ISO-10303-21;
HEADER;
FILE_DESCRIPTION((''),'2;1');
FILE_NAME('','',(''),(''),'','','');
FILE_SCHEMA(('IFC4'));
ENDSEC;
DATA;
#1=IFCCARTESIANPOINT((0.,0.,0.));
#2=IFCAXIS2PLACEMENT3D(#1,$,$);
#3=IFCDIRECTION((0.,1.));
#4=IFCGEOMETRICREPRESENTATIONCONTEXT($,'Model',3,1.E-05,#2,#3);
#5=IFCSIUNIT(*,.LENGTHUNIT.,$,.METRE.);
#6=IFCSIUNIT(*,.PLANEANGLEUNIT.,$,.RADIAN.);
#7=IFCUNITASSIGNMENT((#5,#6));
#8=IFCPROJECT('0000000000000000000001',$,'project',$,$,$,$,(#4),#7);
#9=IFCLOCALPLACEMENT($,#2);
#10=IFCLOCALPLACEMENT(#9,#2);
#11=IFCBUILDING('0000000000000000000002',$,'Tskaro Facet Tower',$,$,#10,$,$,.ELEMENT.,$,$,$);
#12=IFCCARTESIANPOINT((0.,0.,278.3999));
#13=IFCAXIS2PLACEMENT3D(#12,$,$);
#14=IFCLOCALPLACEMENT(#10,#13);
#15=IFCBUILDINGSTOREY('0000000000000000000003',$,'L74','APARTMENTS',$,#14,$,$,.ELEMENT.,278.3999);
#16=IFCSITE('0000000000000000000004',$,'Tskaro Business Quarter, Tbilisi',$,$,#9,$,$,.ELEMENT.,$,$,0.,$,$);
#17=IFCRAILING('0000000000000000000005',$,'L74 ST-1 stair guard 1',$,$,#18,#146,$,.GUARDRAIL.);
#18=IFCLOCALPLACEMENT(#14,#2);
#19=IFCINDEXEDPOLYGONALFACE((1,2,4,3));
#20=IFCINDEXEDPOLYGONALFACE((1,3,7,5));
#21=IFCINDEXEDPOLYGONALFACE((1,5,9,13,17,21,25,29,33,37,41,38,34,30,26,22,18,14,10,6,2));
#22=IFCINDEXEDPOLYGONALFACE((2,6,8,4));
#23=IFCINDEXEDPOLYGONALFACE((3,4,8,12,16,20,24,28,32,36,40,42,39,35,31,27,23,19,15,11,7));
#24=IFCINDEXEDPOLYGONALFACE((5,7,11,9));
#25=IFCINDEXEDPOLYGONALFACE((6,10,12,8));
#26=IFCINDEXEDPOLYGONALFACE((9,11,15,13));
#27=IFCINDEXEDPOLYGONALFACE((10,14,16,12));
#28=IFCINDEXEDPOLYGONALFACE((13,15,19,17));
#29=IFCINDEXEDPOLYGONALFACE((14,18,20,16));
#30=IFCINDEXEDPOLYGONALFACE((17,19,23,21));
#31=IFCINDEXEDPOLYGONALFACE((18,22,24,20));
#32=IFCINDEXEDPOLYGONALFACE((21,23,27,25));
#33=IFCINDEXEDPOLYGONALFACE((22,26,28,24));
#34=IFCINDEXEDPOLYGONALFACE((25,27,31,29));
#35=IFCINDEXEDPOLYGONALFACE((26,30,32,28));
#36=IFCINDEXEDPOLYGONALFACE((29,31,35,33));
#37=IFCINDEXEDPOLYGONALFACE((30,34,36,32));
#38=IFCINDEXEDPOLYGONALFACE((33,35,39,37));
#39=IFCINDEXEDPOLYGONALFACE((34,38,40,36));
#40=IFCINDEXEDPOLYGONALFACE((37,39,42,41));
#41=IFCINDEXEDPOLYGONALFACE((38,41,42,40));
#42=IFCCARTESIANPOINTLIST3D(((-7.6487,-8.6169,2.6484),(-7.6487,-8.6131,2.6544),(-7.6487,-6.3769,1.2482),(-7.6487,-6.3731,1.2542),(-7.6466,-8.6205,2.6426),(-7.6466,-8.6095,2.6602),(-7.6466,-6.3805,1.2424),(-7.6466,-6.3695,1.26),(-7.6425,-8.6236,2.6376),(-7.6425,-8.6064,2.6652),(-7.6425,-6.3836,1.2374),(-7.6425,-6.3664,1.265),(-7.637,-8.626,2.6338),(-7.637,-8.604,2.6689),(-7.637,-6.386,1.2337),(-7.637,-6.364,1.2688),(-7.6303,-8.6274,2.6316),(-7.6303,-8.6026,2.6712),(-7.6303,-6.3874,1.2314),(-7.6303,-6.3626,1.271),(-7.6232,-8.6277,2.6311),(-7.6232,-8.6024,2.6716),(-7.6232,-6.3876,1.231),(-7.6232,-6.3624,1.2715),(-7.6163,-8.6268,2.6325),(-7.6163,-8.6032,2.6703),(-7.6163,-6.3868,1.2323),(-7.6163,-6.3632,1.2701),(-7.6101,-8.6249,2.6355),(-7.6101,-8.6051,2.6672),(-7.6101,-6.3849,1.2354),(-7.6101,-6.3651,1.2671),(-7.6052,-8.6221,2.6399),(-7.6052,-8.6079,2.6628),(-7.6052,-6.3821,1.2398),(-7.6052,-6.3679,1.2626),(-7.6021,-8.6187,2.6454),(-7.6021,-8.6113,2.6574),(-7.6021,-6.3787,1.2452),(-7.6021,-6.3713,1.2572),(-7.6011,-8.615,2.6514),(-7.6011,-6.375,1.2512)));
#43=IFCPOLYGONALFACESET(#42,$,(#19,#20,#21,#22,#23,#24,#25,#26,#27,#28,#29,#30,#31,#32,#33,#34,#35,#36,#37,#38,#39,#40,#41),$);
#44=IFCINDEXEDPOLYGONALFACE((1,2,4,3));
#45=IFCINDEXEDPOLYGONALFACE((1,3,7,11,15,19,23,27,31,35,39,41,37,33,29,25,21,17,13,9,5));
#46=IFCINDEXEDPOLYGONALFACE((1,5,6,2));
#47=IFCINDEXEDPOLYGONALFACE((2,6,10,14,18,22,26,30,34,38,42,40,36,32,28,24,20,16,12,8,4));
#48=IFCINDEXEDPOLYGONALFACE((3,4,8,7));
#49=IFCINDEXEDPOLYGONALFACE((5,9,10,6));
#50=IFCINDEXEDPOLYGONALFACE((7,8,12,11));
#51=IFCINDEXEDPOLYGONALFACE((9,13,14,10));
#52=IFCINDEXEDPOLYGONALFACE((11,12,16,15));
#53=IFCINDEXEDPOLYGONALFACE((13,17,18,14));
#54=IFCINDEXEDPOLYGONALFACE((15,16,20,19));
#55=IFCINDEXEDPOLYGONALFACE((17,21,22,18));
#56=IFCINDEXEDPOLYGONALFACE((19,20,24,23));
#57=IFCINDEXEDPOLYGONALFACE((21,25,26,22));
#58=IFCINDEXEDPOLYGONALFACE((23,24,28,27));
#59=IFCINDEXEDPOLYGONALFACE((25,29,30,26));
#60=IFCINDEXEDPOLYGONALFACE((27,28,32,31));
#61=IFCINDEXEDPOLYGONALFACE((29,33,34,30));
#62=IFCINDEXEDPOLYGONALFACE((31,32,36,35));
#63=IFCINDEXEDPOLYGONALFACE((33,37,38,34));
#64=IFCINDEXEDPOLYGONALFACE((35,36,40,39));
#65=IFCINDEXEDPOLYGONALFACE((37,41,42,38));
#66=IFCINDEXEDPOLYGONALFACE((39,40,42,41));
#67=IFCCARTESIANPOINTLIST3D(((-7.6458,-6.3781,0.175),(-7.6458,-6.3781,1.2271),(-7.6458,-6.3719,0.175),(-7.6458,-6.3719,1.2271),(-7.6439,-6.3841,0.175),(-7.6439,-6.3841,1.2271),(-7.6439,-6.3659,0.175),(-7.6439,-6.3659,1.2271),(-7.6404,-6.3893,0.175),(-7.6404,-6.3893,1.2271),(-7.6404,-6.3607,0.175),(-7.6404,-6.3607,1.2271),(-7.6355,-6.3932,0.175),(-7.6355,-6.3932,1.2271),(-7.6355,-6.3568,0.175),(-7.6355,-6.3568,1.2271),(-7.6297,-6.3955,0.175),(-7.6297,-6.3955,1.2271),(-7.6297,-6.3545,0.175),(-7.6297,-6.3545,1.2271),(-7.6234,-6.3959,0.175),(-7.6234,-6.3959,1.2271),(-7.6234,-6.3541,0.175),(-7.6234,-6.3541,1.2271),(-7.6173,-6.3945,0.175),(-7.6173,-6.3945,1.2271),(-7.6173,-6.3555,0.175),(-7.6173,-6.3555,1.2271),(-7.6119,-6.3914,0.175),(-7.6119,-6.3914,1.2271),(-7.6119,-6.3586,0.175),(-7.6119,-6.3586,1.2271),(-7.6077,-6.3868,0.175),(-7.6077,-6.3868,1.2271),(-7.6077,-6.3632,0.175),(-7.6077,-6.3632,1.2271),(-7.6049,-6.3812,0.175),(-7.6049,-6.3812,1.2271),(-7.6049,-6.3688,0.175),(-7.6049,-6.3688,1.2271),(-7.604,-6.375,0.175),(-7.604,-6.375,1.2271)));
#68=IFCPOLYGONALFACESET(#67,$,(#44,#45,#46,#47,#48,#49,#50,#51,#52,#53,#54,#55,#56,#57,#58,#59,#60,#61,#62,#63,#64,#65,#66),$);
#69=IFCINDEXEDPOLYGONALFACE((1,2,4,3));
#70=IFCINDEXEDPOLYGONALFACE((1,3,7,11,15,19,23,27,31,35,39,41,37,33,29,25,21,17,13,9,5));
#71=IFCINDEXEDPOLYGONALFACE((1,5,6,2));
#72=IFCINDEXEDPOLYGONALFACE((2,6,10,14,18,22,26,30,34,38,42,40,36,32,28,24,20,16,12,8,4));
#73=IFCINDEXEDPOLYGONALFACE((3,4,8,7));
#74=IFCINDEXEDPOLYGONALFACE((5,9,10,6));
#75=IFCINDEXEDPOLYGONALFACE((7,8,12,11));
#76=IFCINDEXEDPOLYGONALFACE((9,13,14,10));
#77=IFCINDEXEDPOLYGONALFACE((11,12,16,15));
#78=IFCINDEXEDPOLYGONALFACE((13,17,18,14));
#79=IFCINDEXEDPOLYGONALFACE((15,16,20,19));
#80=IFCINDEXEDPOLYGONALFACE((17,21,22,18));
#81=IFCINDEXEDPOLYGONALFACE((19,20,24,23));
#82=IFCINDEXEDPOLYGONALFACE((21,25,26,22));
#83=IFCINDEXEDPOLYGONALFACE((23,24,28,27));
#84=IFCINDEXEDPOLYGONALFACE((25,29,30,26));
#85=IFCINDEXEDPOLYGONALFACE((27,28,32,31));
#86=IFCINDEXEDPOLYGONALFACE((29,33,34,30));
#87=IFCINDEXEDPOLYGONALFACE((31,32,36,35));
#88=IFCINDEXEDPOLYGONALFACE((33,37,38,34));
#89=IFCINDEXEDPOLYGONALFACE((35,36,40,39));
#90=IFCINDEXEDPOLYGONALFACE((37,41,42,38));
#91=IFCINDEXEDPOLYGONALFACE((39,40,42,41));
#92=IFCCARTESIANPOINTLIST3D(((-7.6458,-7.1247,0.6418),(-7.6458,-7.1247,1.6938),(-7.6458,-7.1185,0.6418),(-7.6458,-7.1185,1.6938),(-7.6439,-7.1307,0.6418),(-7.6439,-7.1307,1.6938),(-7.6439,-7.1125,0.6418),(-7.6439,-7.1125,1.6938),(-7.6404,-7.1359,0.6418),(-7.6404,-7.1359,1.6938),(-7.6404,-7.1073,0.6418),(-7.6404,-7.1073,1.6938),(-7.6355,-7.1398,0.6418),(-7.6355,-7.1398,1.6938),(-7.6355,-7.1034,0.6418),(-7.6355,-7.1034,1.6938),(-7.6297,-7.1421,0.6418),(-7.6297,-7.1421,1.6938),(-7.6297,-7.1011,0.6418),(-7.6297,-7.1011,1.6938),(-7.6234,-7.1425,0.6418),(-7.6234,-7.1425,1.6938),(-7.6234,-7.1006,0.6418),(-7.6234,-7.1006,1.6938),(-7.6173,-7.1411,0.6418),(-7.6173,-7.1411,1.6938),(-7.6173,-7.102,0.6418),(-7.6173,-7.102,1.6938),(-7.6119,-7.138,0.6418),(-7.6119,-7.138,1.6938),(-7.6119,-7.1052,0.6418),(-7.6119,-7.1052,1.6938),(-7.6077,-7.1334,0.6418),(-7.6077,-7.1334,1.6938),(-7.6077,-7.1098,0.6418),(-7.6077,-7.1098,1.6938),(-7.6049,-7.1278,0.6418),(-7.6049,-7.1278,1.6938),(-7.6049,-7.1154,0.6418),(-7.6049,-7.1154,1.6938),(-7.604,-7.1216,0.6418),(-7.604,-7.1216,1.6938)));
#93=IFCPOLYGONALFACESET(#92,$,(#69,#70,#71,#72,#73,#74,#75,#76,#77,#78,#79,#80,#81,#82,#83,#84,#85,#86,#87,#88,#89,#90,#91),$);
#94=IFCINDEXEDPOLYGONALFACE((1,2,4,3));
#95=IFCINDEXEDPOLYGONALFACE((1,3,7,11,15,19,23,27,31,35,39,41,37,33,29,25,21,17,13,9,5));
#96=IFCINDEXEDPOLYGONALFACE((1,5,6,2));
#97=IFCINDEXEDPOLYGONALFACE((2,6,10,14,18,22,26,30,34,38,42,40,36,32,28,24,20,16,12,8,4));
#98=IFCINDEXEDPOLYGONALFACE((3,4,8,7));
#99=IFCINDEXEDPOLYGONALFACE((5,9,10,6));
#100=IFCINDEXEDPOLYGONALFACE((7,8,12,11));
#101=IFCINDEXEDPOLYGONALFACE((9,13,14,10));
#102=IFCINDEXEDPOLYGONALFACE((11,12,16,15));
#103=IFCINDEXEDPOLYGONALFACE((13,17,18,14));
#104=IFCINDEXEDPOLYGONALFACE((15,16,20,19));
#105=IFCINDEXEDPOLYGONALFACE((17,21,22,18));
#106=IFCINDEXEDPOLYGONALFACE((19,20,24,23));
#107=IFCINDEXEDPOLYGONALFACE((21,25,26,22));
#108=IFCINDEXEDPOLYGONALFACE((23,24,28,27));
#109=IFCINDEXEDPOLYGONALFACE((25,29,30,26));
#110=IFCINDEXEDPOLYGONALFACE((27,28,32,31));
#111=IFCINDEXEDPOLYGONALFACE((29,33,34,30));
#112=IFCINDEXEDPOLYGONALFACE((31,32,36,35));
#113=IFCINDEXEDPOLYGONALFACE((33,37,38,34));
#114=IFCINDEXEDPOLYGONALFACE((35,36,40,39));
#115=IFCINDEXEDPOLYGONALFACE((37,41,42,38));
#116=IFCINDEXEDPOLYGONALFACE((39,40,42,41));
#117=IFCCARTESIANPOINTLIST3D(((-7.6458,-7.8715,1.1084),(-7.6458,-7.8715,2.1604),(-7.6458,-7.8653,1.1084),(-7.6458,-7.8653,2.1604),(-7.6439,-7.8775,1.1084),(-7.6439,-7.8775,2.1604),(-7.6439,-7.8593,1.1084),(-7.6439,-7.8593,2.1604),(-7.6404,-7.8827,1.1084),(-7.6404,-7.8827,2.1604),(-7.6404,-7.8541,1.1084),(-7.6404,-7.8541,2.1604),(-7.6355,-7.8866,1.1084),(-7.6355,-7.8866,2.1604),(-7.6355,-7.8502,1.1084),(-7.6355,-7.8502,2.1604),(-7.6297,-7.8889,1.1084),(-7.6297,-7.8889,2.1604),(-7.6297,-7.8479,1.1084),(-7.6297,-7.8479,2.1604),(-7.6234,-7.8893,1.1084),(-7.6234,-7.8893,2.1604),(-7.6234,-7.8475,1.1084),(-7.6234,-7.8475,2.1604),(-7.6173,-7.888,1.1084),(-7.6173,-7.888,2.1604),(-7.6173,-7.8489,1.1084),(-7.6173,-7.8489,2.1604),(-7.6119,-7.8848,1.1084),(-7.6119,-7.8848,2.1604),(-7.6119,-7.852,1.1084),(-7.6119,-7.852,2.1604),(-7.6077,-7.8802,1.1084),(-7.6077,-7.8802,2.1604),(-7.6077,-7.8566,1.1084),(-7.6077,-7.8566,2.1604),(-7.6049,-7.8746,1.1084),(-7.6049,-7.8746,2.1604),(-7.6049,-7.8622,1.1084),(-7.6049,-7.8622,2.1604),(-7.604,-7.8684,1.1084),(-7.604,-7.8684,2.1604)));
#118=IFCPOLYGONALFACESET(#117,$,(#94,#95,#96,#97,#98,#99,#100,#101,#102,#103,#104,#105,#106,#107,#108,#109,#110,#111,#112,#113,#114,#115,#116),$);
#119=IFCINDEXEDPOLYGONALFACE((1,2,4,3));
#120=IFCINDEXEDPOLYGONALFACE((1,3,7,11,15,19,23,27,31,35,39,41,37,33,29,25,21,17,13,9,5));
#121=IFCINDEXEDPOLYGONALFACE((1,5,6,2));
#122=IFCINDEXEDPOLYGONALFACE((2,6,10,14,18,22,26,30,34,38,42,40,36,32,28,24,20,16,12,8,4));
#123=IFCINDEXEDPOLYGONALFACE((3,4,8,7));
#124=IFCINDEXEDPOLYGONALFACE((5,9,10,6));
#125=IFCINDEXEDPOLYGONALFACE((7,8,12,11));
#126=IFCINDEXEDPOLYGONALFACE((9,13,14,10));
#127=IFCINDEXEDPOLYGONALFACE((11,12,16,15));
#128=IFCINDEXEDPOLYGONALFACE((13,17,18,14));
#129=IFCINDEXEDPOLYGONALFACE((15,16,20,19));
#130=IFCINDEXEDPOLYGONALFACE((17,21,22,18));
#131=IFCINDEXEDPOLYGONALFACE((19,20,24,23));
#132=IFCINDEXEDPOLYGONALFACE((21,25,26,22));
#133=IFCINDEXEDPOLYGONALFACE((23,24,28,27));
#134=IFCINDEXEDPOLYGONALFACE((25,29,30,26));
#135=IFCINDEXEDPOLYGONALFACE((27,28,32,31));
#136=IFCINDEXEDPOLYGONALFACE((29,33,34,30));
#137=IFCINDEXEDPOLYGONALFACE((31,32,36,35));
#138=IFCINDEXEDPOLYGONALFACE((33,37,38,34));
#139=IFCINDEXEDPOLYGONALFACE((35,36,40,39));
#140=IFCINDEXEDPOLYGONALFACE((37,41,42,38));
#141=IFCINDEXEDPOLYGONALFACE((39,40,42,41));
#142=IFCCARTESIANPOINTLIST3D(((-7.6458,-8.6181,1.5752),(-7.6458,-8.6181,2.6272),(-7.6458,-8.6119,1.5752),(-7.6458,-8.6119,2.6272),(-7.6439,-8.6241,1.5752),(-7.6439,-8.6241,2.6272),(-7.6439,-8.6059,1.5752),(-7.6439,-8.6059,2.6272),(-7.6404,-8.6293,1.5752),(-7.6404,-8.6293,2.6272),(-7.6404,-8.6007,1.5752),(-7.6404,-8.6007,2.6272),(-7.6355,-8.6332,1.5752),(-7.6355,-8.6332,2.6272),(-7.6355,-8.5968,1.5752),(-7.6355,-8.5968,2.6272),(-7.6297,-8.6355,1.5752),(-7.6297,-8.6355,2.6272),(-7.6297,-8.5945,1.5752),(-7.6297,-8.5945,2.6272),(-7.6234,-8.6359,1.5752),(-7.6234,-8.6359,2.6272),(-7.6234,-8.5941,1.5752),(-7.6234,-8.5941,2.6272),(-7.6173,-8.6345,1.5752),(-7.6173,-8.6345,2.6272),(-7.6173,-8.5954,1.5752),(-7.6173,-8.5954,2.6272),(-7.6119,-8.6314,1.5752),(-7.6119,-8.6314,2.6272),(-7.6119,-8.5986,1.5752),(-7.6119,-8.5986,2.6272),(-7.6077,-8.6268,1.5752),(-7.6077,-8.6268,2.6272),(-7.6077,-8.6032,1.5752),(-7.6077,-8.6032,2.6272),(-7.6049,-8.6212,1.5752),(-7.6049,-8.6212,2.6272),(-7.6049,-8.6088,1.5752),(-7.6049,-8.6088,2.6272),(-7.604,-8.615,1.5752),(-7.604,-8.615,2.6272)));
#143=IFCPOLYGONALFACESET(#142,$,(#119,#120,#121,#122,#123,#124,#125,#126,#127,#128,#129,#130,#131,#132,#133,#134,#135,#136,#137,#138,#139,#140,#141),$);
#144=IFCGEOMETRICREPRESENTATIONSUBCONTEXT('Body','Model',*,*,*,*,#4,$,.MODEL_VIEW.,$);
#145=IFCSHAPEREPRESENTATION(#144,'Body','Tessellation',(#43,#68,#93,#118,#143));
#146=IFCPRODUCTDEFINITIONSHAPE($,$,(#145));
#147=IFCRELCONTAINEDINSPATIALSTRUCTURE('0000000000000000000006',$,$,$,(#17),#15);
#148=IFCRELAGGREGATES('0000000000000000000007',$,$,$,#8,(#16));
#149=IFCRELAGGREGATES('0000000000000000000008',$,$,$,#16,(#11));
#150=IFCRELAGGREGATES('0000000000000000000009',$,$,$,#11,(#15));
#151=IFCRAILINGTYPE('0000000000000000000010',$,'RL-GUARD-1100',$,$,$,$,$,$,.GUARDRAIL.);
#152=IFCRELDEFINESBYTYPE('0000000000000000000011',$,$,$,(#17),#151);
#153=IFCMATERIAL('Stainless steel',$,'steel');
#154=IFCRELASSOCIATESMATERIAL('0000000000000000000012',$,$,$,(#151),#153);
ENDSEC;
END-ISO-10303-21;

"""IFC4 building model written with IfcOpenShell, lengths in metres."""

from ifc_helpers import new_model, si_unit, direction, frame, origin, origin_2d, place, context, subcontext, project, spatial, circle, extrude, material, type_object, element, save


model = new_model("IFC4")

# Units and contexts
model_context = context("Model", 3, precision=1e-05, world=origin(), true_north=direction((0.0, 1.0)))
body_context = subcontext(model_context, "Body", "Model", "MODEL_VIEW")
ifc_project = project(units=[si_unit("LENGTHUNIT", "METRE"), si_unit("PLANEANGLEUNIT", "RADIAN")], contexts=[model_context])

# Site, building, storey
site_placement = place(None, origin())
site = spatial("IfcSite", under=ifc_project, at=site_placement, Name="Tskaro Business Quarter, Tbilisi", CompositionType="ELEMENT", RefElevation=0.0)
building_placement = place(site_placement, origin())
building = spatial("IfcBuilding", under=site, at=building_placement, Name="Tskaro Facet Tower", CompositionType="ELEMENT")
storey_placement = place(building_placement, frame((0.0, 0.0, 278.3999)))
storey = spatial("IfcBuildingStorey", under=building, at=storey_placement, Name="L74", Description="APARTMENTS", CompositionType="ELEMENT", Elevation=278.3999)

# Shared definitions
ifc_material_1 = material(Name="Stainless steel", Category="steel")

# Railing
railing_type_1 = type_object("IfcRailingType", Name="RL-GUARD-1100", PredefinedType="GUARDRAIL", material=ifc_material_1)
railing_1_placement = place(storey_placement, frame((-7.625, -6.375, 0.175)))
element("IfcRailing", 1, at=railing_1_placement, inside=storey, type_object=railing_type_1, Name="L74 ST-1 stair guard 1", PredefinedType="GUARDRAIL", context=body_context, shape_type="SweptSolid", body=[
    extrude(circle(Radius=0.0239, at=origin_2d()), frame((0.0, 0.0, 1.0762), z_axis=(0.0, -0.847972, 0.53004), x_axis=(1.0, 0.0, 0.0)), (0.0, 0.0, 1.0), 2.6416),
    extrude(circle(Radius=0.021, at=origin_2d()), origin(), (0.0, 0.0, 1.0), 1.052),
    extrude(circle(Radius=0.021, at=origin_2d()), frame((0.0, -0.7466, 0.4668)), (0.0, 0.0, 1.0), 1.052),
    extrude(circle(Radius=0.021, at=origin_2d()), frame((0.0, -1.4934, 0.9333)), (0.0, 0.0, 1.0), 1.052),
    extrude(circle(Radius=0.021, at=origin_2d()), frame((0.0, -2.24, 1.4001)), (0.0, 0.0, 1.0), 1.052),
])

save(model, "model.ifc")
